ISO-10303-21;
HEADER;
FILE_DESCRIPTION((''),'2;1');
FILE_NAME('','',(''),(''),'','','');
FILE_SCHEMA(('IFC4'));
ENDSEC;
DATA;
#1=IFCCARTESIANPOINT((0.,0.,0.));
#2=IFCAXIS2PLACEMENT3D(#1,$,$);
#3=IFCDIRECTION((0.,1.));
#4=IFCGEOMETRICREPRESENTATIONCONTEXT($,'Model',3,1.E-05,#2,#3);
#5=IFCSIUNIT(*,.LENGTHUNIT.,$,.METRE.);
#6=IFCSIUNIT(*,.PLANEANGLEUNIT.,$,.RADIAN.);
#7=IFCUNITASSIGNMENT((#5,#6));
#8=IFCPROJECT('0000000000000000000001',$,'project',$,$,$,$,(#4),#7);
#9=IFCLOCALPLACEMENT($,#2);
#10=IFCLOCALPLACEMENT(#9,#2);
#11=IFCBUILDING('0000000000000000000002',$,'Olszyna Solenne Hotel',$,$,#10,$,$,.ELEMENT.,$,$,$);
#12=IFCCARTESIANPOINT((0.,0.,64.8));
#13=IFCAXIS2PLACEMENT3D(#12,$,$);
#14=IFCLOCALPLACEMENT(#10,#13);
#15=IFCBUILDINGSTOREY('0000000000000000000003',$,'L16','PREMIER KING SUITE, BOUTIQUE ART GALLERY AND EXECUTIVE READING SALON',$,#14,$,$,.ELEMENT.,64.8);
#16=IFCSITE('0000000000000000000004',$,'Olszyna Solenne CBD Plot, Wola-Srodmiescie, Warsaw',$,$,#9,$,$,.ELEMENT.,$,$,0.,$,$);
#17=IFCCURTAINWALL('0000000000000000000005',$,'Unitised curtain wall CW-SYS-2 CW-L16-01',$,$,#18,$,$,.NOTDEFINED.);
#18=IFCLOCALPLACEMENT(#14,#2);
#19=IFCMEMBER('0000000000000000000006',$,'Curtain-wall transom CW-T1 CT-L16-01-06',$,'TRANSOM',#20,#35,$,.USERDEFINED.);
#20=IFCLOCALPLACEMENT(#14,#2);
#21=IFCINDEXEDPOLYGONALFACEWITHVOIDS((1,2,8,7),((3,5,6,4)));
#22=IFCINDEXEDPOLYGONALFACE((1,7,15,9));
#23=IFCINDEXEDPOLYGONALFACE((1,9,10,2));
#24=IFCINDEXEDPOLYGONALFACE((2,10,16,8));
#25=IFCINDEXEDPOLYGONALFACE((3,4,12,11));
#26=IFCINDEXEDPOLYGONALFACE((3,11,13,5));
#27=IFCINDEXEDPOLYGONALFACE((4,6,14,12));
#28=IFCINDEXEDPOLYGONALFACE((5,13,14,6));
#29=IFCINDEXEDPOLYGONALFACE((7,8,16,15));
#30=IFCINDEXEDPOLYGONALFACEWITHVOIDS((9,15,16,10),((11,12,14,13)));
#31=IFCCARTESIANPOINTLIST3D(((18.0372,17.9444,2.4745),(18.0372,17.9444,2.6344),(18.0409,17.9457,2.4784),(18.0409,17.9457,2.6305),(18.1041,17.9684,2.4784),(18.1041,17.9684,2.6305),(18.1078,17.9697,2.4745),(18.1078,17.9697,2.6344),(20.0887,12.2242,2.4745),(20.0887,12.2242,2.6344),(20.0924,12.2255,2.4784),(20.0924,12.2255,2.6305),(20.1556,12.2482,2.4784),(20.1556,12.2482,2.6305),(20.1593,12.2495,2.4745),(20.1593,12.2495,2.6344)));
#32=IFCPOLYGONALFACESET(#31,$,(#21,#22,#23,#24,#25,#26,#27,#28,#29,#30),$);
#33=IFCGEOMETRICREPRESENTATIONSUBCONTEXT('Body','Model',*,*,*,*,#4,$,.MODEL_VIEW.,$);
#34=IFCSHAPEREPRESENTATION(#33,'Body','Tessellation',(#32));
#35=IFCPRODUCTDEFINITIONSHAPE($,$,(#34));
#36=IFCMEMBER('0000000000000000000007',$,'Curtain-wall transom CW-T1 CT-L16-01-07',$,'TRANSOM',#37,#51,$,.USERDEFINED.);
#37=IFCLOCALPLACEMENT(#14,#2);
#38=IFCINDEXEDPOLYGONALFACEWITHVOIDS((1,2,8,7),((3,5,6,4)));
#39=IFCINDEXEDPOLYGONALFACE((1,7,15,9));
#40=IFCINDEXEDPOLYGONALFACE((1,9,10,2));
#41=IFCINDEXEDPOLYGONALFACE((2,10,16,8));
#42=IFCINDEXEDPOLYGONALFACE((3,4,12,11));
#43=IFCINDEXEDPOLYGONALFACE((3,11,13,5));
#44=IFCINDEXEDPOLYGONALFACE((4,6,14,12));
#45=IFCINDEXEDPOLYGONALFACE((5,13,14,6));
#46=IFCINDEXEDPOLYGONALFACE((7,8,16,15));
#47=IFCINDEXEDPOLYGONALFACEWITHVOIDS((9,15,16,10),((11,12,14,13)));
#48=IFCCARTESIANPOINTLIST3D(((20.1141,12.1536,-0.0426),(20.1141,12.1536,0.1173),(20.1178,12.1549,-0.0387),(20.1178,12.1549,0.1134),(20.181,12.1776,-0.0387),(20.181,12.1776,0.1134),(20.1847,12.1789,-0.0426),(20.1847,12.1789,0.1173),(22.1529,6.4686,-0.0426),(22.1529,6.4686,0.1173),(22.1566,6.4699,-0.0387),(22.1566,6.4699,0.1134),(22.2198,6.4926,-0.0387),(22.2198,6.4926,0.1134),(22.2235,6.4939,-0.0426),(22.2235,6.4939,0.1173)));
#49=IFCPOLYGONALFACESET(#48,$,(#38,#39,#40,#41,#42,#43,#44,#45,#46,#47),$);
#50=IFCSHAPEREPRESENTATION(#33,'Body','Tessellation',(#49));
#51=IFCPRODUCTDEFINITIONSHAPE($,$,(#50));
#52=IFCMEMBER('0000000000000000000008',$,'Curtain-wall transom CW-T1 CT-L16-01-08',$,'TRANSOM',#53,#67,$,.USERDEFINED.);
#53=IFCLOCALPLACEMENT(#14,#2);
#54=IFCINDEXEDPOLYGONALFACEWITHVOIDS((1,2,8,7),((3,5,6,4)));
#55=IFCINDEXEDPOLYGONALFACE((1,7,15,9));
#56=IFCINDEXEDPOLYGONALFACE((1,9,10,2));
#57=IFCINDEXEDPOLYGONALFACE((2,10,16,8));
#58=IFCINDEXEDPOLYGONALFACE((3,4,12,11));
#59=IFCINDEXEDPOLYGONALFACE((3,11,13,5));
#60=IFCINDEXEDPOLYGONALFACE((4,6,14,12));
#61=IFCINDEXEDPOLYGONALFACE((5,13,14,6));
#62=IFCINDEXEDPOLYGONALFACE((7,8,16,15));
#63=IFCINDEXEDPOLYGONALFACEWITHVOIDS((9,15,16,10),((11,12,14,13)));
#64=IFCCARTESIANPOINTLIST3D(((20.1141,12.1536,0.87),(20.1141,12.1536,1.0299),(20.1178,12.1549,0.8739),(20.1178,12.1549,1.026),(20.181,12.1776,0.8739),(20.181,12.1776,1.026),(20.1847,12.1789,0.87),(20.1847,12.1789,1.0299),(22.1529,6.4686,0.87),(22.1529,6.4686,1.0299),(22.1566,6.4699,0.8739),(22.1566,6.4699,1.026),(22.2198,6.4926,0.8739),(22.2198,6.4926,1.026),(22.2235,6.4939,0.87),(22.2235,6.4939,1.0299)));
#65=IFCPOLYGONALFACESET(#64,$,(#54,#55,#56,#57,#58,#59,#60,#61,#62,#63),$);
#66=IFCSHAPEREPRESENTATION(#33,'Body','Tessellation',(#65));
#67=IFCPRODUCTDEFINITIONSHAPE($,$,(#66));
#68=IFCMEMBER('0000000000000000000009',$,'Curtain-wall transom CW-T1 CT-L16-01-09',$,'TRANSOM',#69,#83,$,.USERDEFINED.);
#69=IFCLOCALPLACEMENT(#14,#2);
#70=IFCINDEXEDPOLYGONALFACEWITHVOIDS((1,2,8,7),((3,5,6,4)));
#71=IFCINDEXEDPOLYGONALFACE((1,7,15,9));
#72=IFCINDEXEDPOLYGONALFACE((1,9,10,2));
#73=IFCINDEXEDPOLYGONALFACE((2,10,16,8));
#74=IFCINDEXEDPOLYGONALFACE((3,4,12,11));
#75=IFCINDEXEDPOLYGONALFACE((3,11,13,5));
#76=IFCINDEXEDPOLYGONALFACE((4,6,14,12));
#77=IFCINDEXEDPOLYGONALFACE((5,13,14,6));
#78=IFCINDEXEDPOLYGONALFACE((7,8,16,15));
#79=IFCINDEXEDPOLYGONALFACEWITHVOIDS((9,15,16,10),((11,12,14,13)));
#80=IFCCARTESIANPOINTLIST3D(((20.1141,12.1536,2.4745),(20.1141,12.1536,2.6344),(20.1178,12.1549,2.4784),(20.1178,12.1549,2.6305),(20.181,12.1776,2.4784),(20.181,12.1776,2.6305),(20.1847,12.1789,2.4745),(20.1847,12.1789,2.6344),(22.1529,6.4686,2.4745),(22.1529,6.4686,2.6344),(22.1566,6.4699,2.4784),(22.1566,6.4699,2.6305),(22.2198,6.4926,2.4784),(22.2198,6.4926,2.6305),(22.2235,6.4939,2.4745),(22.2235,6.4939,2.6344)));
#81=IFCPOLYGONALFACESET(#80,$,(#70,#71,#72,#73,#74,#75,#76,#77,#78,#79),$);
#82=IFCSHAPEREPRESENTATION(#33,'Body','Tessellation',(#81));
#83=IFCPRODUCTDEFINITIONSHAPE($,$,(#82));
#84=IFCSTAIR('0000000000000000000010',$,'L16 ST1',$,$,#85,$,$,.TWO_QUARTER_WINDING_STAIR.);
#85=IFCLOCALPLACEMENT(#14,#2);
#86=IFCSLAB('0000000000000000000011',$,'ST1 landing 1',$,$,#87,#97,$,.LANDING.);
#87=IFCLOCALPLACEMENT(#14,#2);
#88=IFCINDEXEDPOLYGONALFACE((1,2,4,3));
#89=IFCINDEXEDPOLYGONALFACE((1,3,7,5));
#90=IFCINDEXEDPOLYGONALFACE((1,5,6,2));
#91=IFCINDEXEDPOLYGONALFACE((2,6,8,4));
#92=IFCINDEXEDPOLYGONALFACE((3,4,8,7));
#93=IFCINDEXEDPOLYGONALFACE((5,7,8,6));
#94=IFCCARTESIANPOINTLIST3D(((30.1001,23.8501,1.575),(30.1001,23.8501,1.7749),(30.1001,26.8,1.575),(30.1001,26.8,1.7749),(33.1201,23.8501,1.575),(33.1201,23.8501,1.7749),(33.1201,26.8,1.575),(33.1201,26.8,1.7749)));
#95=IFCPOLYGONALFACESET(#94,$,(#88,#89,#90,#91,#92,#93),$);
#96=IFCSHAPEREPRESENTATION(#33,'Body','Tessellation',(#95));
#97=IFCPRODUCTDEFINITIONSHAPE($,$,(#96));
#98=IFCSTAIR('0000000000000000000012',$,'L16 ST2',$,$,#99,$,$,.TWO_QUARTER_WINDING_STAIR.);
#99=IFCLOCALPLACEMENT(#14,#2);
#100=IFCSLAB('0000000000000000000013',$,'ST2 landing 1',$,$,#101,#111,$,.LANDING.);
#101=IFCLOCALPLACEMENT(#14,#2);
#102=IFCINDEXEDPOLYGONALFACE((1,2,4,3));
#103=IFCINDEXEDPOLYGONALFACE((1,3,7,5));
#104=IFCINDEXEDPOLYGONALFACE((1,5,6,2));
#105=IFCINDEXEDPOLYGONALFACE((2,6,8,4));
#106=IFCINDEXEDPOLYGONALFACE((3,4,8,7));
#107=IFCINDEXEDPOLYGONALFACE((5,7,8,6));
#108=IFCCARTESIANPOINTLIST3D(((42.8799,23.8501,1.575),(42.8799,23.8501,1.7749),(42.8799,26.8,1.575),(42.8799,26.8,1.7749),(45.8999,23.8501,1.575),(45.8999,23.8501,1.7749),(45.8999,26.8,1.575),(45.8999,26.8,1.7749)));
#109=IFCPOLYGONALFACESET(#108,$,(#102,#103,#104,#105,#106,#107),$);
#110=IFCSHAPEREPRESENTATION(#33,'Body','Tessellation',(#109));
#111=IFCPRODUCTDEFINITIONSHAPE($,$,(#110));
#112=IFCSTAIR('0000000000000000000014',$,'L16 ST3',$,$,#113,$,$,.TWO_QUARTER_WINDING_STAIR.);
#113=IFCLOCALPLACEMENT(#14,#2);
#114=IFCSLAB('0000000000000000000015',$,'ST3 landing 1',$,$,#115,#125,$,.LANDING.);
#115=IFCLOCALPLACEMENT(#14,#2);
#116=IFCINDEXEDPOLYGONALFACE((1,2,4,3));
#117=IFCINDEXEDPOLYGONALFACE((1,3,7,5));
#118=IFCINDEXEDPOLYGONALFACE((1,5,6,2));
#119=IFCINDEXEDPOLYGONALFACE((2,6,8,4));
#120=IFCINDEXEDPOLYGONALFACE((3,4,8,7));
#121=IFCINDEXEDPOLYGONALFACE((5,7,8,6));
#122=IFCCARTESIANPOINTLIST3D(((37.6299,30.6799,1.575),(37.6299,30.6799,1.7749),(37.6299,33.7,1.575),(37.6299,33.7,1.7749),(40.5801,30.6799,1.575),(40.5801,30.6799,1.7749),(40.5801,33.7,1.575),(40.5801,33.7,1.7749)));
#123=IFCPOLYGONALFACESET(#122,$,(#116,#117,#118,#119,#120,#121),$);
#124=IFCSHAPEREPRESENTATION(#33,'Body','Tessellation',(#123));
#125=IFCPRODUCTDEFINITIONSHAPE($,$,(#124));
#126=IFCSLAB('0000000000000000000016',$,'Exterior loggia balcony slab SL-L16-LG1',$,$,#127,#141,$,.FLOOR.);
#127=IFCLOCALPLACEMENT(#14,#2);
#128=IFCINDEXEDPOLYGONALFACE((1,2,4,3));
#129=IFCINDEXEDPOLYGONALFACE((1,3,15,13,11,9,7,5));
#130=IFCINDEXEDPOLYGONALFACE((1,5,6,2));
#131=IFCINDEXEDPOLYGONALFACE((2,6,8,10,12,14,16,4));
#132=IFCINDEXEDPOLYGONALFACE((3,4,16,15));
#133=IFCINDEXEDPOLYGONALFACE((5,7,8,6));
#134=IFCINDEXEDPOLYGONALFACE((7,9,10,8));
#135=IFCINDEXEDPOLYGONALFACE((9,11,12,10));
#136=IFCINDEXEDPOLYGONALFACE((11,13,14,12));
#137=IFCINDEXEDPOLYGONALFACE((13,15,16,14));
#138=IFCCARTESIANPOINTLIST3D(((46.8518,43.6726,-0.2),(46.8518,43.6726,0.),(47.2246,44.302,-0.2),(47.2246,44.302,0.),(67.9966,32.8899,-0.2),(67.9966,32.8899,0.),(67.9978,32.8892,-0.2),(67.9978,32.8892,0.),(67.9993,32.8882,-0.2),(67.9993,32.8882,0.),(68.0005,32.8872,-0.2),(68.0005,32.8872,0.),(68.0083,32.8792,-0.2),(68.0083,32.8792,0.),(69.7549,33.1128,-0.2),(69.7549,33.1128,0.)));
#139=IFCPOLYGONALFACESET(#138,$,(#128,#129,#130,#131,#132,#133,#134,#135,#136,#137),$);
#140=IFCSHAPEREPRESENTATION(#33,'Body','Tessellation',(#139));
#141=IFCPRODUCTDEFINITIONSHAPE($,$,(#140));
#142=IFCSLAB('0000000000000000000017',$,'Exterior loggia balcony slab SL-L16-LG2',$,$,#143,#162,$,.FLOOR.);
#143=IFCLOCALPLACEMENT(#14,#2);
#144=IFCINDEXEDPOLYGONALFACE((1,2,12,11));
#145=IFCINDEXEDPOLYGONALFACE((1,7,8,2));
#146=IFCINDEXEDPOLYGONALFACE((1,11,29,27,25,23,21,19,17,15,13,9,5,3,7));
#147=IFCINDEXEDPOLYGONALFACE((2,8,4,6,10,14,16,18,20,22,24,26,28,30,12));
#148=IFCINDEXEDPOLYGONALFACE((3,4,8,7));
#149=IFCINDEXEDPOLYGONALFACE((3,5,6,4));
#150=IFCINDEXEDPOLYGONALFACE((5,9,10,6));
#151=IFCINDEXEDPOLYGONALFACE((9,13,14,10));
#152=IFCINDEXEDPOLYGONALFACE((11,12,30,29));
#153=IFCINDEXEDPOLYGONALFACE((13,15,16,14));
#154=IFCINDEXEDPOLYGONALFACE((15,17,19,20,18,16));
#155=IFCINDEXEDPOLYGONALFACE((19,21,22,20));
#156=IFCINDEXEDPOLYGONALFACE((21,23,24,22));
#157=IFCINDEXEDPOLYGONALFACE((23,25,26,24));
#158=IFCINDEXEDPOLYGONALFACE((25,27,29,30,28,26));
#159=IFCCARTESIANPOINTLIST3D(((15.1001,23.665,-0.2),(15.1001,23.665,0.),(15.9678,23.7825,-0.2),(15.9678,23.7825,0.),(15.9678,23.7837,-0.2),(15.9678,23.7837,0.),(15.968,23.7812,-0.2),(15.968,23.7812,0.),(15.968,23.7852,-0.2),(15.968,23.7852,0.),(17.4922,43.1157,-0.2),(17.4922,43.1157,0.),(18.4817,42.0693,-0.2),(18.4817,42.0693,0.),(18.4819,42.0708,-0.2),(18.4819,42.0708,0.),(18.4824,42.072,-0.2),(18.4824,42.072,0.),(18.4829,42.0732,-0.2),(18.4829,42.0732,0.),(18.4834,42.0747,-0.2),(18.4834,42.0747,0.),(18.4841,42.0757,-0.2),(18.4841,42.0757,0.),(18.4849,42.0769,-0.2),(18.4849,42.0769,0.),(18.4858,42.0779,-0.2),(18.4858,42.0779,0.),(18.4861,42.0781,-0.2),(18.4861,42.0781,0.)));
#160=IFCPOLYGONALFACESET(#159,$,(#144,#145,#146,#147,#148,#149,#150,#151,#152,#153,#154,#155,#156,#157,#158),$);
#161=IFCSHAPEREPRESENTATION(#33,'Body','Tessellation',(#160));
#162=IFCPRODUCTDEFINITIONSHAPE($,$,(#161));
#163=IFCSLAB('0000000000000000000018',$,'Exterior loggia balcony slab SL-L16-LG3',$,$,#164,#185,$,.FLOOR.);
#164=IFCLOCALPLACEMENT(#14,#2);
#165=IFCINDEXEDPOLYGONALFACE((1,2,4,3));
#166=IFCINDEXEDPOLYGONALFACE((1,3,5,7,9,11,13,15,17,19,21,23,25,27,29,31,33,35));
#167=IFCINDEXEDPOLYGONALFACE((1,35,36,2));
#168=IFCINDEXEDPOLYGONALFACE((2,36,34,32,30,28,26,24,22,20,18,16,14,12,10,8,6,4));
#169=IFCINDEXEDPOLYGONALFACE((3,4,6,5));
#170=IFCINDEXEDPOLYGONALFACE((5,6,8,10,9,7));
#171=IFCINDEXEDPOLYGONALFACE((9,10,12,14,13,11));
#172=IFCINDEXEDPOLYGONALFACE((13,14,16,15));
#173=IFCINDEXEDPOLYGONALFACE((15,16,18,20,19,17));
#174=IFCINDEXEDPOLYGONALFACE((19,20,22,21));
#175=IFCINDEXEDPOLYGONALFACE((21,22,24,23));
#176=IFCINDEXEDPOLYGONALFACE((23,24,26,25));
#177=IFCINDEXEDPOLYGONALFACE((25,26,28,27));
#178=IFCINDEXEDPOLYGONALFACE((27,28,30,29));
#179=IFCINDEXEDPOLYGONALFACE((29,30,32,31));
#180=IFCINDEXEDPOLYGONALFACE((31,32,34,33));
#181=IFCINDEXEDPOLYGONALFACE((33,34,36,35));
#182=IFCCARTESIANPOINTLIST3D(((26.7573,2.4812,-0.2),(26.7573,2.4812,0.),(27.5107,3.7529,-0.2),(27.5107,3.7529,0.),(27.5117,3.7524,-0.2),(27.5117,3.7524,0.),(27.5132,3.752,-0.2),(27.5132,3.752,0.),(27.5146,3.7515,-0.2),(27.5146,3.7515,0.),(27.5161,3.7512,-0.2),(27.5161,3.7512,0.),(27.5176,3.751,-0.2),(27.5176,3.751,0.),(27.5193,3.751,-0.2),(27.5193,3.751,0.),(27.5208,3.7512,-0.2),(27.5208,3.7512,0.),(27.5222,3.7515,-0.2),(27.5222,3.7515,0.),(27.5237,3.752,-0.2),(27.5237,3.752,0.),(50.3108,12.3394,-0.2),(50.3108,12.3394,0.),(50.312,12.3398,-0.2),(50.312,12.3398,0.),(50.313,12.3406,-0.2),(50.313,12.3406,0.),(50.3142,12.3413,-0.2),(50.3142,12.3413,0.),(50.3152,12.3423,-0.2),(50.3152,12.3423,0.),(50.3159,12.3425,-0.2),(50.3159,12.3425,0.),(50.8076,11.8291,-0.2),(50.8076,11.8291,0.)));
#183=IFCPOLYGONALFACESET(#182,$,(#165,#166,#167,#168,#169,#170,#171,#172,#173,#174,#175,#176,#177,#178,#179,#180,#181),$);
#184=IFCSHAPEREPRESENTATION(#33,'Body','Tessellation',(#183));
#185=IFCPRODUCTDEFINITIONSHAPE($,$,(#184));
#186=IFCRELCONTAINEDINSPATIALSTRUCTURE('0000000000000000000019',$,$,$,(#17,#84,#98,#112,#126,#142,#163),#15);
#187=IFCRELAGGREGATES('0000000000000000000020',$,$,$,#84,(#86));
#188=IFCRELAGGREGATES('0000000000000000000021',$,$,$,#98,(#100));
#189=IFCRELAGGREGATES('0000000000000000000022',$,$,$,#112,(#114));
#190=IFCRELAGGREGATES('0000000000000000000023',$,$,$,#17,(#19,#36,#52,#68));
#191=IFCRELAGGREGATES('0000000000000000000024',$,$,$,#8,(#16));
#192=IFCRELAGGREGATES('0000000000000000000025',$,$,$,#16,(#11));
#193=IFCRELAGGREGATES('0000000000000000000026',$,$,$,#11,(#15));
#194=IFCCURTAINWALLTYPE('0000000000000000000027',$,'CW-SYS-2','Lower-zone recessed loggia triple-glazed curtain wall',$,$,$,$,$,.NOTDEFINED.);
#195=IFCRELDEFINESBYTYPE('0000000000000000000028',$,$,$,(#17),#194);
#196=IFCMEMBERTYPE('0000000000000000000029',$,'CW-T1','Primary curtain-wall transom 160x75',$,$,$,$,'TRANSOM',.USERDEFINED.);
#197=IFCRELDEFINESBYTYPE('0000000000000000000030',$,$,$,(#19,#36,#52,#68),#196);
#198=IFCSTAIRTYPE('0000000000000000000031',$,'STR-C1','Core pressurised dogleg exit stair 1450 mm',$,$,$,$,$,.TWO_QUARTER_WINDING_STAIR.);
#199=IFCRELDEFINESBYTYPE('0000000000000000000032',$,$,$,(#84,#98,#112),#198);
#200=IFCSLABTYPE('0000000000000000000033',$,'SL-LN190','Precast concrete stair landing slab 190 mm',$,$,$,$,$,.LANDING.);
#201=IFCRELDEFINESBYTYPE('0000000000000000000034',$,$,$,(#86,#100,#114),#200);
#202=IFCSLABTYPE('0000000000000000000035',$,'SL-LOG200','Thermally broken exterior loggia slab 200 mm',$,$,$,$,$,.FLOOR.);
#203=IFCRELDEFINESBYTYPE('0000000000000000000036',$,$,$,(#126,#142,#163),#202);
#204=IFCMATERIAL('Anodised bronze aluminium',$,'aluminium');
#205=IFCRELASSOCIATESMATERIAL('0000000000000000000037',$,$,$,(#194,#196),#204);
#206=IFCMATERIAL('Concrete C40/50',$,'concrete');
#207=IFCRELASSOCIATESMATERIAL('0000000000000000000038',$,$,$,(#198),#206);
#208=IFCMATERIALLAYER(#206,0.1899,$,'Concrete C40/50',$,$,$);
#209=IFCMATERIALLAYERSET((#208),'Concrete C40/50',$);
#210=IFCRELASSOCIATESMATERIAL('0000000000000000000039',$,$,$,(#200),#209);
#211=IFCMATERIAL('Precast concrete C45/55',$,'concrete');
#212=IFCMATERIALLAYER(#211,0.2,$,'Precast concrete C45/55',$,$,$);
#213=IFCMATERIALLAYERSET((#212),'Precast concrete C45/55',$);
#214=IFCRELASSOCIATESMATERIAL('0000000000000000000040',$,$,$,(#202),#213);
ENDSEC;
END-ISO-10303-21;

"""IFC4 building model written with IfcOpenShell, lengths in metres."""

from ifc_helpers import new_model, si_unit, direction, frame, origin, origin_2d, place, context, subcontext, project, spatial, polyline, hollow_rectangle, outline, extrude, source, transform, mapped, material, layer, layer_set, material_profile, profile_set, type_object, element, aggregate, save


model = new_model("IFC4")

# Units and contexts
model_context = context("Model", 3, precision=1e-05, world=origin(), true_north=direction((0.0, 1.0)))
body_context = subcontext(model_context, "Body", "Model", "MODEL_VIEW")
ifc_project = project(units=[si_unit("LENGTHUNIT", "METRE"), si_unit("PLANEANGLEUNIT", "RADIAN")], contexts=[model_context])

# Site, building, storey
site_placement = place(None, origin())
site = spatial("IfcSite", under=ifc_project, at=site_placement, Name="Olszyna Solenne CBD Plot, Wola-Srodmiescie, Warsaw", CompositionType="ELEMENT", RefElevation=0.0)
building_placement = place(site_placement, origin())
building = spatial("IfcBuilding", under=site, at=building_placement, Name="Olszyna Solenne Hotel", CompositionType="ELEMENT")
storey_placement = place(building_placement, frame((0.0, 0.0, 64.8)))
storey = spatial("IfcBuildingStorey", under=building, at=storey_placement, Name="L16", Description="PREMIER KING SUITE, BOUTIQUE ART GALLERY AND EXECUTIVE READING SALON", CompositionType="ELEMENT", Elevation=64.8)

# Curtain wall, members
ifc_material_1 = material(Name="Anodised bronze aluminium", Category="aluminium")
curtain_wall_type = type_object("IfcCurtainWallType", Name="CW-SYS-2", Description="Lower-zone recessed loggia triple-glazed curtain wall", PredefinedType="NOTDEFINED", material=ifc_material_1)
curtain_wall_placement = place(storey_placement, origin())
curtain_wall = element("IfcCurtainWall", 1, at=curtain_wall_placement, inside=storey, type_object=curtain_wall_type, Name="Unitised curtain wall CW-SYS-2 CW-L16-01", PredefinedType="NOTDEFINED")
ifc_material_profile_1 = material_profile(ifc_material_1, hollow_rectangle(XDim=0.075, YDim=0.1599, WallThickness=0.0039, at=origin_2d()), Name="TRAN 160x75x4", Category="load-bearing")
ifc_profile_set_1 = profile_set([ifc_material_profile_1], Name="Anodised bronze aluminium")
member_type_1 = type_object("IfcMemberType", Name="CW-T1", Description="Primary curtain-wall transom 160x75", ElementType="TRANSOM", PredefinedType="USERDEFINED", material=ifc_profile_set_1)
shared_shape_1 = source(origin(), body_context, "Body", "SweptSolid", [
    extrude(hollow_rectangle(XDim=0.075, YDim=0.1599, WallThickness=0.0039, at=origin_2d()), origin(), (0.0, 0.0, 1.0), 6.0769),
])
member_1_placement = place(storey_placement, frame((18.0725, 17.957, 2.5544), z_axis=(0.337588, -0.941294, 0.0), x_axis=(0.941294, 0.337588, 0.0)))
member_1 = element("IfcMember", 2, at=member_1_placement, type_object=member_type_1, Name="Curtain-wall transom CW-T1 CT-L16-01-06", ObjectType="TRANSOM", PredefinedType="USERDEFINED", context=body_context, shape_type="MappedRepresentation", body=[
    mapped(shared_shape_1, transform((0.0, 0.0, 0.0), x_axis=(1.0, 0.0, 0.0), y_axis=(0.0, 1.0, 0.0), z_axis=(0.0, 0.0, 1.0), scale=1.0)),
])
shared_shape_2 = source(origin(), body_context, "Body", "SweptSolid", [
    extrude(hollow_rectangle(XDim=0.075, YDim=0.1599, WallThickness=0.0039, at=origin_2d()), origin(), (0.0, 0.0, 1.0), 6.0396),
])
member_2_placement = place(storey_placement, frame((20.1494, 12.1663, 0.0374), z_axis=(0.337576, -0.941298, 0.0), x_axis=(0.941298, 0.337576, 0.0)))
member_2 = element("IfcMember", 3, at=member_2_placement, type_object=member_type_1, Name="Curtain-wall transom CW-T1 CT-L16-01-07", ObjectType="TRANSOM", PredefinedType="USERDEFINED", context=body_context, shape_type="MappedRepresentation", body=[
    mapped(shared_shape_2, transform((0.0, 0.0, 0.0), x_axis=(1.0, 0.0, 0.0), y_axis=(0.0, 1.0, 0.0), z_axis=(0.0, 0.0, 1.0), scale=1.0)),
])
member_3_placement = place(storey_placement, frame((20.1494, 12.1663, 0.95), z_axis=(0.337576, -0.941298, 0.0), x_axis=(0.941298, 0.337576, 0.0)))
member_3 = element("IfcMember", 4, at=member_3_placement, type_object=member_type_1, Name="Curtain-wall transom CW-T1 CT-L16-01-08", ObjectType="TRANSOM", PredefinedType="USERDEFINED", context=body_context, shape_type="MappedRepresentation", body=[
    mapped(shared_shape_2, transform((0.0, 0.0, 0.0), x_axis=(1.0, 0.0, 0.0), y_axis=(0.0, 1.0, 0.0), z_axis=(0.0, 0.0, 1.0), scale=1.0)),
])
member_4_placement = place(storey_placement, frame((20.1494, 12.1663, 2.5544), z_axis=(0.337576, -0.941298, 0.0), x_axis=(0.941298, 0.337576, 0.0)))
member_4 = element("IfcMember", 5, at=member_4_placement, type_object=member_type_1, Name="Curtain-wall transom CW-T1 CT-L16-01-09", ObjectType="TRANSOM", PredefinedType="USERDEFINED", context=body_context, shape_type="MappedRepresentation", body=[
    mapped(shared_shape_2, transform((0.0, 0.0, 0.0), x_axis=(1.0, 0.0, 0.0), y_axis=(0.0, 1.0, 0.0), z_axis=(0.0, 0.0, 1.0), scale=1.0)),
])

# Stairs, slabs
ifc_material_2 = material(Name="Concrete C40/50", Category="concrete")
stair_type = type_object("IfcStairType", Name="STR-C1", Description="Core pressurised dogleg exit stair 1450 mm", PredefinedType="TWO_QUARTER_WINDING_STAIR", material=ifc_material_2)
stair_1_placement = place(storey_placement, origin())
stair_1 = element("IfcStair", 6, at=stair_1_placement, inside=storey, type_object=stair_type, Name="L16 ST1", PredefinedType="TWO_QUARTER_WINDING_STAIR")
ifc_layer_1 = layer(ifc_material_2, 0.1899, Name="Concrete C40/50")
ifc_layer_set_1 = layer_set([ifc_layer_1], Name="Concrete C40/50")
slab_type_1 = type_object("IfcSlabType", Name="SL-LN190", Description="Precast concrete stair landing slab 190 mm", PredefinedType="LANDING", material=ifc_layer_set_1)
slab_1_placement = place(storey_placement, frame((0.0, 0.0, 1.575)))
slab_1 = element("IfcSlab", 7, at=slab_1_placement, type_object=slab_type_1, Name="ST1 landing 1", PredefinedType="LANDING", context=body_context, shape_type="SweptSolid", body=[
    extrude(outline(polyline([(33.1201, 23.8501), (33.1201, 26.8), (30.1001, 26.8), (30.1001, 23.8501), (33.1201, 23.8501)])), origin(), (0.0, 0.0, 1.0), 0.2),
])
aggregate(stair_1, [slab_1])
stair_2_placement = place(storey_placement, origin())
stair_2 = element("IfcStair", 8, at=stair_2_placement, inside=storey, type_object=stair_type, Name="L16 ST2", PredefinedType="TWO_QUARTER_WINDING_STAIR")
slab_2_placement = place(storey_placement, frame((0.0, 0.0, 1.575)))
slab_2 = element("IfcSlab", 9, at=slab_2_placement, type_object=slab_type_1, Name="ST2 landing 1", PredefinedType="LANDING", context=body_context, shape_type="SweptSolid", body=[
    extrude(outline(polyline([(45.8999, 23.8501), (45.8999, 26.8), (42.8799, 26.8), (42.8799, 23.8501), (45.8999, 23.8501)])), origin(), (0.0, 0.0, 1.0), 0.2),
])
aggregate(stair_2, [slab_2])
stair_3_placement = place(storey_placement, origin())
stair_3 = element("IfcStair", 10, at=stair_3_placement, inside=storey, type_object=stair_type, Name="L16 ST3", PredefinedType="TWO_QUARTER_WINDING_STAIR")
slab_3_placement = place(storey_placement, frame((0.0, 0.0, 1.575)))
slab_3 = element("IfcSlab", 11, at=slab_3_placement, type_object=slab_type_1, Name="ST3 landing 1", PredefinedType="LANDING", context=body_context, shape_type="SweptSolid", body=[
    extrude(outline(polyline([(37.6299, 30.6799), (40.5801, 30.6799), (40.5801, 33.7), (37.6299, 33.7), (37.6299, 30.6799)])), origin(), (0.0, 0.0, 1.0), 0.2),
])
aggregate(stair_3, [slab_3])

# Slabs
ifc_material_3 = material(Name="Precast concrete C45/55", Category="concrete")
ifc_layer_2 = layer(ifc_material_3, 0.2, Name="Precast concrete C45/55")
ifc_layer_set_2 = layer_set([ifc_layer_2], Name="Precast concrete C45/55")
slab_type_2 = type_object("IfcSlabType", Name="SL-LOG200", Description="Thermally broken exterior loggia slab 200 mm", PredefinedType="FLOOR", material=ifc_layer_set_2)
slab_4_placement = place(storey_placement, frame((0.0, 0.0, -0.2)))
element("IfcSlab", 12, at=slab_4_placement, inside=storey, type_object=slab_type_2, Name="Exterior loggia balcony slab SL-L16-LG1", PredefinedType="FLOOR", context=body_context, shape_type="SweptSolid", body=[
    extrude(outline(polyline([(46.8518, 43.6726), (67.9966, 32.8899), (67.9978, 32.8892), (67.9993, 32.8882), (68.0005, 32.8872), (68.0083, 32.8792), (69.7549, 33.1128), (47.2246, 44.302), (46.8518, 43.6726)])), origin(), (0.0, 0.0, 1.0), 0.2),
])
slab_5_placement = place(storey_placement, frame((0.0, 0.0, -0.2)))
element("IfcSlab", 13, at=slab_5_placement, inside=storey, type_object=slab_type_2, Name="Exterior loggia balcony slab SL-L16-LG2", PredefinedType="FLOOR", context=body_context, shape_type="SweptSolid", body=[
    extrude(outline(polyline([(15.968, 23.7812), (15.9678, 23.7825), (15.9678, 23.7837), (15.968, 23.7852), (18.4817, 42.0693), (18.4819, 42.0708), (18.4824, 42.072), (18.4829, 42.0732), (18.4834, 42.0747), (18.4841, 42.0757), (18.4849, 42.0769), (18.4858, 42.0779), (18.4861, 42.0781), (17.4922, 43.1157), (15.1001, 23.665), (15.968, 23.7812)])), origin(), (0.0, 0.0, 1.0), 0.2),
])
slab_6_placement = place(storey_placement, frame((0.0, 0.0, -0.2)))
element("IfcSlab", 14, at=slab_6_placement, inside=storey, type_object=slab_type_2, Name="Exterior loggia balcony slab SL-L16-LG3", PredefinedType="FLOOR", context=body_context, shape_type="SweptSolid", body=[
    extrude(outline(polyline([(50.3159, 12.3425), (50.3152, 12.3423), (50.3142, 12.3413), (50.313, 12.3406), (50.312, 12.3398), (50.3108, 12.3394), (27.5237, 3.752), (27.5222, 3.7515), (27.5208, 3.7512), (27.5193, 3.751), (27.5176, 3.751), (27.5161, 3.7512), (27.5146, 3.7515), (27.5132, 3.752), (27.5117, 3.7524), (27.5107, 3.7529), (26.7573, 2.4812), (50.8076, 11.8291), (50.3159, 12.3425)])), origin(), (0.0, 0.0, 1.0), 0.2),
])

aggregate(curtain_wall, [member_1, member_2, member_3, member_4])

save(model, "model.ifc")
